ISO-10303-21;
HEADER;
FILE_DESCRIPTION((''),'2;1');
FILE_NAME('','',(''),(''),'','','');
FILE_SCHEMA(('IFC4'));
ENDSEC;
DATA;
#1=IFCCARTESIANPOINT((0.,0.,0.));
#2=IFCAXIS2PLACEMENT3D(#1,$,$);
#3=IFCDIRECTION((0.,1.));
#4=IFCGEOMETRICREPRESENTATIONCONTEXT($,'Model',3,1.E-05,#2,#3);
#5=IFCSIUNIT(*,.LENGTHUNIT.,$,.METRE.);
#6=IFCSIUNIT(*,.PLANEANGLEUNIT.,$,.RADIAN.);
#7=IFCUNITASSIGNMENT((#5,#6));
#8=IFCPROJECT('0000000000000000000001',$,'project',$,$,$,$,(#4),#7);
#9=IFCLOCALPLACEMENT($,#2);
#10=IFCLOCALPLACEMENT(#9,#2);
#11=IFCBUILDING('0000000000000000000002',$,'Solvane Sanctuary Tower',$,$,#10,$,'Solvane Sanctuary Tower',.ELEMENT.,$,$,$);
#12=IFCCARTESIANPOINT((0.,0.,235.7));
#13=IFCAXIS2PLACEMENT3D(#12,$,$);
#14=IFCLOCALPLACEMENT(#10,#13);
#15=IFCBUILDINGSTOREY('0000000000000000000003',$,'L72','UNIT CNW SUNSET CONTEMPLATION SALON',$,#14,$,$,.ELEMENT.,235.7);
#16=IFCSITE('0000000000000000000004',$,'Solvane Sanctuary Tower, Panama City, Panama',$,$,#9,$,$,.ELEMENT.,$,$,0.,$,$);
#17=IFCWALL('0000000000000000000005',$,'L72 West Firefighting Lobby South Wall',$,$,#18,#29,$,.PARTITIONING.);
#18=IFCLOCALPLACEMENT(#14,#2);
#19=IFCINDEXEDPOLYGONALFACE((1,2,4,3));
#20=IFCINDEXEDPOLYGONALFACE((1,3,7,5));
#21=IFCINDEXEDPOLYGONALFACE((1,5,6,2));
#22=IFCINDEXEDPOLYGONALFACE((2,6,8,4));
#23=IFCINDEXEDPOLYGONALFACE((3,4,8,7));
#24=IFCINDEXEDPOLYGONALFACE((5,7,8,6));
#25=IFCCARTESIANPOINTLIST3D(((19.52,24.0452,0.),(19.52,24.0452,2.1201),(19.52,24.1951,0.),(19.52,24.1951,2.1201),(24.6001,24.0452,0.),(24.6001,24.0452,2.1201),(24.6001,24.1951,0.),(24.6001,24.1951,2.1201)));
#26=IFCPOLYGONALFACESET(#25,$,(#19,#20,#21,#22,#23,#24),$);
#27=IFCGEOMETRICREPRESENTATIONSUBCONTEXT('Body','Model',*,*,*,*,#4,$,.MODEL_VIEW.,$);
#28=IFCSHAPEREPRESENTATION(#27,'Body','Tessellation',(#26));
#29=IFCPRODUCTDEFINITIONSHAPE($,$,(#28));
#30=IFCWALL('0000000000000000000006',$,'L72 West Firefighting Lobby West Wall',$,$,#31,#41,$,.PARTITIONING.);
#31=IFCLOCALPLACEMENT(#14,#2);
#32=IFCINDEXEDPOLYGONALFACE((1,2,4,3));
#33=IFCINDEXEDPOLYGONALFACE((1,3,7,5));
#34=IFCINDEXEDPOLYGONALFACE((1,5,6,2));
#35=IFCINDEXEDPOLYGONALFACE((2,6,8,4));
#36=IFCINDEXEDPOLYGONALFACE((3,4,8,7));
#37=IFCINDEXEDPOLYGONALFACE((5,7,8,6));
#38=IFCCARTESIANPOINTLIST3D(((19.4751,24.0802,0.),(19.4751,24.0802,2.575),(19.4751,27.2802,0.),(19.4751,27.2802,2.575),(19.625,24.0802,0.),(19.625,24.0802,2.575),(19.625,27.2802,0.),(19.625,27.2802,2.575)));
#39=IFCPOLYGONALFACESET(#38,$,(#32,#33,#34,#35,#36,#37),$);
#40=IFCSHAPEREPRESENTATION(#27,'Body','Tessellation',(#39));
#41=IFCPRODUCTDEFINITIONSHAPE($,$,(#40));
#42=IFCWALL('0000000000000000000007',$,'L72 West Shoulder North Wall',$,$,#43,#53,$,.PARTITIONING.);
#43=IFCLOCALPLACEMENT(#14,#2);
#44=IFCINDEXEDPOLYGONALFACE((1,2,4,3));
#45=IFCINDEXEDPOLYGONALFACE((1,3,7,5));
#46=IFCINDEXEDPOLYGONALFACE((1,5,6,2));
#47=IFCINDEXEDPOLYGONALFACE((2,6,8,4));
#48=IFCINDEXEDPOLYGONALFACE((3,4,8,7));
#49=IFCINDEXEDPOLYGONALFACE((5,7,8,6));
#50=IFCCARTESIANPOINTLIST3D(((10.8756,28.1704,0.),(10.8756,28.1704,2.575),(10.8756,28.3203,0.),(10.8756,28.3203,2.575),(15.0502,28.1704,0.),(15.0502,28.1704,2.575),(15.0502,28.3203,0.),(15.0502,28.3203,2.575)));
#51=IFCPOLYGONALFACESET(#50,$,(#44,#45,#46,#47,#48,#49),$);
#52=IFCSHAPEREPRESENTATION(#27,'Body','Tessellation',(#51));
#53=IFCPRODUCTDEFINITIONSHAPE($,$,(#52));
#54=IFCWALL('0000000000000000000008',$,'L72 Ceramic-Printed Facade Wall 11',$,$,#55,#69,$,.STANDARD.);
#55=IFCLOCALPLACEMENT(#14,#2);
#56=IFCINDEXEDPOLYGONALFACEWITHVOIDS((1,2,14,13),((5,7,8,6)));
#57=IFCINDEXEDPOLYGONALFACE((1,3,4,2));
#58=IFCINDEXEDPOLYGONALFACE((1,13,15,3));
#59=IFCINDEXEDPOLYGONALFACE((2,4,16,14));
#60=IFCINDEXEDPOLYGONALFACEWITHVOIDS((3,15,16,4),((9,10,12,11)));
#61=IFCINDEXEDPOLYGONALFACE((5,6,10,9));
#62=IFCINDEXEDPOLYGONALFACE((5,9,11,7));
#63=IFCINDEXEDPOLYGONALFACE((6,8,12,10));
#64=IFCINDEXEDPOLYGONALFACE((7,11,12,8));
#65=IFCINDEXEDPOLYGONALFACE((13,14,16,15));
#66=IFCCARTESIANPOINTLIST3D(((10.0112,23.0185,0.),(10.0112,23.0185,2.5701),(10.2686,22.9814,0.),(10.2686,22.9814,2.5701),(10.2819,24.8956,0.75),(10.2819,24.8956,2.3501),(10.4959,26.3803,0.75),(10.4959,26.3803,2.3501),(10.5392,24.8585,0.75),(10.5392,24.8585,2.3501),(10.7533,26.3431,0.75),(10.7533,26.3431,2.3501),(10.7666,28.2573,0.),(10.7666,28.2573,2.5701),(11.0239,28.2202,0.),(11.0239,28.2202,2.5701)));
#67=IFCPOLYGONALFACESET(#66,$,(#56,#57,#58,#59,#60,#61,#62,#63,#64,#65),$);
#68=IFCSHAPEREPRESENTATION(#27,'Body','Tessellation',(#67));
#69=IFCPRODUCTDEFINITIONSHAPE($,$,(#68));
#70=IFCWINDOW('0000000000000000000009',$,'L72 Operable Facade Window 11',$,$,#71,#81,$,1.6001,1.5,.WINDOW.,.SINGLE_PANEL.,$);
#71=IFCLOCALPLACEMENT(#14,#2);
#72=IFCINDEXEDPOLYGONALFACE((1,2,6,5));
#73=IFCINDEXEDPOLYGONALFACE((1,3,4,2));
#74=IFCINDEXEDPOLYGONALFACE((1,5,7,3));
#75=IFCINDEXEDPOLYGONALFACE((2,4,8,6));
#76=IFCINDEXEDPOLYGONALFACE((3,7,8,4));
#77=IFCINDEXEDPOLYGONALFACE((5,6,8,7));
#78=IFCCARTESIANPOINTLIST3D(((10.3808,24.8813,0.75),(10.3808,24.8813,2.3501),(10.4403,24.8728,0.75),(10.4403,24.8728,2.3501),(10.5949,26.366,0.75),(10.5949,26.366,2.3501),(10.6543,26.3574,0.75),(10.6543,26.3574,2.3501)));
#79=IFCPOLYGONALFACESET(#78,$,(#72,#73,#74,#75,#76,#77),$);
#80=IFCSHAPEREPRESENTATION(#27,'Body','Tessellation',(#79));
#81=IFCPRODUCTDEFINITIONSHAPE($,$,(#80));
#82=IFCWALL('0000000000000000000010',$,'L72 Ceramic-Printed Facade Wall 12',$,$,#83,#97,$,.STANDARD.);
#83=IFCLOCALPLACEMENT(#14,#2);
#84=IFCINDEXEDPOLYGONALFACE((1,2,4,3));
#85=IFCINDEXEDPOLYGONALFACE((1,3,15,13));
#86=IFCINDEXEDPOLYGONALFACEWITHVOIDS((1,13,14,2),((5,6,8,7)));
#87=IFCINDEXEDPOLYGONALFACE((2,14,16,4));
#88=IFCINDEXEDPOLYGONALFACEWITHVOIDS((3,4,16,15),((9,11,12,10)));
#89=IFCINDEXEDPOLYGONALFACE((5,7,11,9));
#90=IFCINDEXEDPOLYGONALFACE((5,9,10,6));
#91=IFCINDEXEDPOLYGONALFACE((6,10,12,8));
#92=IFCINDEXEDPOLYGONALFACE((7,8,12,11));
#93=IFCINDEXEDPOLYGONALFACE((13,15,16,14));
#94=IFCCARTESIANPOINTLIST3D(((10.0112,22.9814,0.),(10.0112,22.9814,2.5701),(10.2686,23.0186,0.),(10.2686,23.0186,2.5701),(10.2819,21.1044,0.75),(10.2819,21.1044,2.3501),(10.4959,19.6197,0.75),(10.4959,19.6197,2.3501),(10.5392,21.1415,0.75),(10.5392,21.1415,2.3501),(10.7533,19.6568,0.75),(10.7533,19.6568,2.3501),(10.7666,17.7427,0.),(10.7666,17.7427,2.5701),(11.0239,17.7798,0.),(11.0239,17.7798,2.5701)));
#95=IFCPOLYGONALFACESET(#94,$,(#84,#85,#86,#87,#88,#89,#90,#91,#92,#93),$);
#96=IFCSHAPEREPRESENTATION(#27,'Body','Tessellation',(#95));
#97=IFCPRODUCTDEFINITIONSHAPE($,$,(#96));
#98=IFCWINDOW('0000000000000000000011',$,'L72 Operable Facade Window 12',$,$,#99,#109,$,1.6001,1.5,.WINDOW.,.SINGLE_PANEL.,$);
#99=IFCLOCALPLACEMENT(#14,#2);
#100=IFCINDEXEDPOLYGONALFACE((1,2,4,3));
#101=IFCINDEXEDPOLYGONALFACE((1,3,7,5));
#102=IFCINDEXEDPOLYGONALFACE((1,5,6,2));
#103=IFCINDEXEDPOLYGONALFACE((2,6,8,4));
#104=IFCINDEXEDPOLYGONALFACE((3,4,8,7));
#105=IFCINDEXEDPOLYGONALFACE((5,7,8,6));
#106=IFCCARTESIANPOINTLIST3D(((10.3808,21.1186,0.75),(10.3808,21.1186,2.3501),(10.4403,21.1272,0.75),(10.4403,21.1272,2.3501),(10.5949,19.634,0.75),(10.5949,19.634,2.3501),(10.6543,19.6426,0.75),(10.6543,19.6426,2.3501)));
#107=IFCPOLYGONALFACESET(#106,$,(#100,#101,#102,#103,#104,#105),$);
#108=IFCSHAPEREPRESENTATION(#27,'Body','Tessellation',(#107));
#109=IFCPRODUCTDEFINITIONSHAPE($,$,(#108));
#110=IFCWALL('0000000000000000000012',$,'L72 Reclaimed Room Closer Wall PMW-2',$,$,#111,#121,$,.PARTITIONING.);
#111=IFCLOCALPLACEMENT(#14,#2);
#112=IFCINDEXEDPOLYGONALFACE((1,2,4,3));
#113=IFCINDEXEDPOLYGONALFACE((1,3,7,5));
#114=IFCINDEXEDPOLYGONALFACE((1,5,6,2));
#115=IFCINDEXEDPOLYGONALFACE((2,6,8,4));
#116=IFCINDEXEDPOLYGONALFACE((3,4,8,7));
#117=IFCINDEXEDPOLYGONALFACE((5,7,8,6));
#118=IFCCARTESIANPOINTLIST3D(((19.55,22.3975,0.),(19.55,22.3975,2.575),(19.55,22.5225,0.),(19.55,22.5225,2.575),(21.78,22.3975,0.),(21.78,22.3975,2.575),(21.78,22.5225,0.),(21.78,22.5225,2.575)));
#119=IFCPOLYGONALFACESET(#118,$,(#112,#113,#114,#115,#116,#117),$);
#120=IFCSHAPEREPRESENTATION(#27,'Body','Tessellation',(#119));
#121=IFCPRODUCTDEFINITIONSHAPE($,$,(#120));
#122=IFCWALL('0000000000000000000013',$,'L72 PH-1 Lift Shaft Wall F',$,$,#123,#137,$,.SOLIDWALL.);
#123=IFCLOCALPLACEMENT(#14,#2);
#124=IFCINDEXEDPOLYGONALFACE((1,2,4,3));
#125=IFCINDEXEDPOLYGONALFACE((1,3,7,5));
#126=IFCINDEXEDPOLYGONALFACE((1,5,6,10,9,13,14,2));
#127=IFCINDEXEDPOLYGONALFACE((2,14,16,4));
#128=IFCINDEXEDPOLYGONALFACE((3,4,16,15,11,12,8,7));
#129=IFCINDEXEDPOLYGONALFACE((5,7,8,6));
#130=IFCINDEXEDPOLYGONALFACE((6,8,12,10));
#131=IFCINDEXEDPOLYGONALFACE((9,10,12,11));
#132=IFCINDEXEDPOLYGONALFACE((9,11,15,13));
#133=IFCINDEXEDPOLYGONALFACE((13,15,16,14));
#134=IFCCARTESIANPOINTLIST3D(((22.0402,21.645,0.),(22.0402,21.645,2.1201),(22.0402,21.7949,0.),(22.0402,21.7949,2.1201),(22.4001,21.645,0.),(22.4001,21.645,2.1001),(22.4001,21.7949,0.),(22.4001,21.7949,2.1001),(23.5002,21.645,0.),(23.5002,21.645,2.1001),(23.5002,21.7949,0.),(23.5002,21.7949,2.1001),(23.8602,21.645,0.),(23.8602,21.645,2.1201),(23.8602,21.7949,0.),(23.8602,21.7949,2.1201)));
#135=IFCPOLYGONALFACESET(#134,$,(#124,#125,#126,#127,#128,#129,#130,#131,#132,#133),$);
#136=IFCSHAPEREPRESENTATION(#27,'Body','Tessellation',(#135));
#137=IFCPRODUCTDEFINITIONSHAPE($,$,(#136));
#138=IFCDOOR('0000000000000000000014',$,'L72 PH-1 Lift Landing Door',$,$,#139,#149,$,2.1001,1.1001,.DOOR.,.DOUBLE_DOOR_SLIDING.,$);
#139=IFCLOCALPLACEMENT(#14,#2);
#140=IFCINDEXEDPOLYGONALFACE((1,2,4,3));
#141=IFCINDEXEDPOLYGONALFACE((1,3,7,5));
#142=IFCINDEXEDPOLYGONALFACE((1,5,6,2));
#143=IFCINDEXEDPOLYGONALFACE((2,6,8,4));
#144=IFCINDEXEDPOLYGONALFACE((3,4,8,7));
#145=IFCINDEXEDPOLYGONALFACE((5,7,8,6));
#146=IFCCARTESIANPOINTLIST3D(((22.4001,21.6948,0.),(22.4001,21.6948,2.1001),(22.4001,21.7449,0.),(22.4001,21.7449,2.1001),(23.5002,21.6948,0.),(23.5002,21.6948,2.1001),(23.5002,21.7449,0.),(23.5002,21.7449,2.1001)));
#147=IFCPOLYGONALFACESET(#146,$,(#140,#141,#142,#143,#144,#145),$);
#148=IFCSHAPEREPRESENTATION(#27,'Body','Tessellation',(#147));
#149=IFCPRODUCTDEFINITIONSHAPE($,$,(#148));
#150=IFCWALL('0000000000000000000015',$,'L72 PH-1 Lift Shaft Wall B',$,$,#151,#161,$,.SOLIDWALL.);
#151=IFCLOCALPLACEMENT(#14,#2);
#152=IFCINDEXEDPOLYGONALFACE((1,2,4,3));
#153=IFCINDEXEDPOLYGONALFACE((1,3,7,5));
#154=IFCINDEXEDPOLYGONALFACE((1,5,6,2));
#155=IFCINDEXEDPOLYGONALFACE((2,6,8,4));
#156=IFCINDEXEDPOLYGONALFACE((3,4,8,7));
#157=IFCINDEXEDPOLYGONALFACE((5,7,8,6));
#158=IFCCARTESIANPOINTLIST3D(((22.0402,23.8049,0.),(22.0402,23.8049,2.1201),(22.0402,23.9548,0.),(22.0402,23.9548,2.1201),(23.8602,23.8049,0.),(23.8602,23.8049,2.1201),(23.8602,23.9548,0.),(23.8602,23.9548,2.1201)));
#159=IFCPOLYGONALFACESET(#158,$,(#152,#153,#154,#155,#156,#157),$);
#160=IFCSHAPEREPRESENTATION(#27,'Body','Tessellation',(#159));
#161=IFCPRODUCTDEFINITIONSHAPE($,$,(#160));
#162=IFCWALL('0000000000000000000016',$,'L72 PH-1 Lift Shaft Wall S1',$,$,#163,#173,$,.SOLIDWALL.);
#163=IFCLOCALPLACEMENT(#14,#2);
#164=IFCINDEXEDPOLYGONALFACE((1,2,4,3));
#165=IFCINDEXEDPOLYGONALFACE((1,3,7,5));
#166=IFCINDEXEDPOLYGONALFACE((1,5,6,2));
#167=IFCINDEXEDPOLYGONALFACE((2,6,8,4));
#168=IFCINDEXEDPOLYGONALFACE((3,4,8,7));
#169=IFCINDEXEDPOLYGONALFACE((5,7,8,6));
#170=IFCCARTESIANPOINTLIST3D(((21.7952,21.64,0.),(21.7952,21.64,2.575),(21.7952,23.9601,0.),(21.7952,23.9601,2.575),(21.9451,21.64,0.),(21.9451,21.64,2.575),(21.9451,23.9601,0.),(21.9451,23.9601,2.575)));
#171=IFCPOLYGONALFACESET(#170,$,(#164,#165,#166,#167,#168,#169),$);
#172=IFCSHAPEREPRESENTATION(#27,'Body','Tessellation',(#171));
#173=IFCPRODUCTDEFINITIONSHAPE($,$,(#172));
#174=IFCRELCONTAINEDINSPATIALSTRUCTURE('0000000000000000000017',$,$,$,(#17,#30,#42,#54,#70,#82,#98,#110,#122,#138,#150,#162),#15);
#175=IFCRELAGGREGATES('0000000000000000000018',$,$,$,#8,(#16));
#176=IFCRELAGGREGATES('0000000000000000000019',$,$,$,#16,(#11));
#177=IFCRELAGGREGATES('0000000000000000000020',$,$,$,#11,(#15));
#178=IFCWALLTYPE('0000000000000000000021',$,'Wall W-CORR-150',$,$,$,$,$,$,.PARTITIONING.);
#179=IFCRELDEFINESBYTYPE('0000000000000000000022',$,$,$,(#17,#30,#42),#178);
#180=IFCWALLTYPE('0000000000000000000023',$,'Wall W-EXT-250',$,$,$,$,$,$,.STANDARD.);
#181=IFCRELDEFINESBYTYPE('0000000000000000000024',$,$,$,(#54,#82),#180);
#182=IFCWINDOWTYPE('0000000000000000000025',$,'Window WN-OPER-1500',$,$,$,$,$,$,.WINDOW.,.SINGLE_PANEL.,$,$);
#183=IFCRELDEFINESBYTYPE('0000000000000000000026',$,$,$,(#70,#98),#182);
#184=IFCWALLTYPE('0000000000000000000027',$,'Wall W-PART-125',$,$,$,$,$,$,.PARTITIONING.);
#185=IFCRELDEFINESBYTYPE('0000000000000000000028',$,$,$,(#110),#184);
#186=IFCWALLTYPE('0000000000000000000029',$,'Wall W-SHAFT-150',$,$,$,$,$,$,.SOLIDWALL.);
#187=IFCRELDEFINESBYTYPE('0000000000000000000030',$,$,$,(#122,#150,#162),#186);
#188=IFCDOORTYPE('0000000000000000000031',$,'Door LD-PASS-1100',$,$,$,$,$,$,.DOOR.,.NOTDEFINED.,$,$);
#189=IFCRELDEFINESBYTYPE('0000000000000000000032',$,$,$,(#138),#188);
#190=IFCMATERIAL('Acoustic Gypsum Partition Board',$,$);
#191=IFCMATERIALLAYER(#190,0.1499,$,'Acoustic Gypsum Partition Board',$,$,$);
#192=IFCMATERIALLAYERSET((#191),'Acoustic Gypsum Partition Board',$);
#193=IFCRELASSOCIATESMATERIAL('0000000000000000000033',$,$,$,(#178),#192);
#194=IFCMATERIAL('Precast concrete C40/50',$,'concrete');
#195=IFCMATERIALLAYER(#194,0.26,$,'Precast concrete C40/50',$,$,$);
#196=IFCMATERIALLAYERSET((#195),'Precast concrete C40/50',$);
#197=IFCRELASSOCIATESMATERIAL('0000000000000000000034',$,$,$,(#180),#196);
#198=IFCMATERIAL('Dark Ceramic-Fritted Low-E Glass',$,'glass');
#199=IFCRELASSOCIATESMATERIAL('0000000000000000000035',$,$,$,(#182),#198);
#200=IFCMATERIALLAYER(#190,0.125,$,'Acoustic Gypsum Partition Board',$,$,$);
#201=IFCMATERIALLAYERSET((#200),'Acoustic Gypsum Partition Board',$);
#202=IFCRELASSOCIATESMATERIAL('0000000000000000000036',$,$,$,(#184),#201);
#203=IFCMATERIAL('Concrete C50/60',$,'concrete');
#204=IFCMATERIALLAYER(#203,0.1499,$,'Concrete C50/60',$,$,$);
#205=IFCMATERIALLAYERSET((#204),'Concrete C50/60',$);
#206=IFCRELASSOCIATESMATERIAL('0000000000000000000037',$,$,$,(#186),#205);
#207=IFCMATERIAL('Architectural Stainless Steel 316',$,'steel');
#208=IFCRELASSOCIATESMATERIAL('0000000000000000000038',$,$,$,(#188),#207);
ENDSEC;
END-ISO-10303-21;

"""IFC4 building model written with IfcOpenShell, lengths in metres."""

from ifc_helpers import new_model, si_unit, direction, frame, frame_2d, origin, place, context, subcontext, project, spatial, rectangle, extrude, material, layer, layer_set, type_object, element, fill, save


model = new_model("IFC4")

# Units and contexts
model_context = context("Model", 3, precision=1e-05, world=origin(), true_north=direction((0.0, 1.0)))
body_context = subcontext(model_context, "Body", "Model", "MODEL_VIEW")
ifc_project = project(units=[si_unit("LENGTHUNIT", "METRE"), si_unit("PLANEANGLEUNIT", "RADIAN")], contexts=[model_context])

# Site, building, storey
site_placement = place(None, origin())
site = spatial("IfcSite", under=ifc_project, at=site_placement, Name="Solvane Sanctuary Tower, Panama City, Panama", CompositionType="ELEMENT", RefElevation=0.0)
building_placement = place(site_placement, origin())
building = spatial("IfcBuilding", under=site, at=building_placement, Name="Solvane Sanctuary Tower", LongName="Solvane Sanctuary Tower", CompositionType="ELEMENT")
storey_placement = place(building_placement, frame((0.0, 0.0, 235.7)))
storey = spatial("IfcBuildingStorey", under=building, at=storey_placement, Name="L72", Description="UNIT CNW SUNSET CONTEMPLATION SALON", CompositionType="ELEMENT", Elevation=235.7)

# Walls
ifc_material_1 = material(Name="Acoustic Gypsum Partition Board")
ifc_layer_1 = layer(ifc_material_1, 0.1499, Name="Acoustic Gypsum Partition Board")
ifc_layer_set_1 = layer_set([ifc_layer_1], Name="Acoustic Gypsum Partition Board")
wall_type_1 = type_object("IfcWallType", Name="Wall W-CORR-150", PredefinedType="PARTITIONING", material=ifc_layer_set_1)
wall_1_placement = place(storey_placement, frame((19.52, 24.1201, 0.0), z_axis=(0.0, 0.0, 1.0), x_axis=(1.0, 0.0, 0.0)))
element("IfcWall", 1, at=wall_1_placement, inside=storey, type_object=wall_type_1, Name="L72 West Firefighting Lobby South Wall", PredefinedType="PARTITIONING", context=body_context, shape_type="SweptSolid", body=[
    extrude(rectangle(XDim=5.0801, YDim=0.1499, at=frame_2d((2.54, 0.0))), origin(), (0.0, 0.0, 1.0), 2.1201),
])
wall_2_placement = place(storey_placement, frame((19.55, 24.0801, 0.0), z_axis=(0.0, 0.0, 1.0), x_axis=(0.0, 1.0, 0.0)))
element("IfcWall", 2, at=wall_2_placement, inside=storey, type_object=wall_type_1, Name="L72 West Firefighting Lobby West Wall", PredefinedType="PARTITIONING", context=body_context, shape_type="SweptSolid", body=[
    extrude(rectangle(XDim=3.2, YDim=0.1499, at=frame_2d((1.6001, 0.0))), origin(), (0.0, 0.0, 1.0), 2.575),
])
wall_3_placement = place(storey_placement, frame((10.8755, 28.2454, 0.0), z_axis=(0.0, 0.0, 1.0), x_axis=(1.0, 0.0, 0.0)))
element("IfcWall", 3, at=wall_3_placement, inside=storey, type_object=wall_type_1, Name="L72 West Shoulder North Wall", PredefinedType="PARTITIONING", context=body_context, shape_type="SweptSolid", body=[
    extrude(rectangle(XDim=4.1746, YDim=0.1499, at=frame_2d((2.0874, 0.0))), origin(), (0.0, 0.0, 1.0), 2.575),
])

# Walls, openings, windows
ifc_material_2 = material(Name="Precast concrete C40/50", Category="concrete")
ifc_layer_2 = layer(ifc_material_2, 0.26, Name="Precast concrete C40/50")
ifc_layer_set_2 = layer_set([ifc_layer_2], Name="Precast concrete C40/50")
wall_type_2 = type_object("IfcWallType", Name="Wall W-EXT-250", PredefinedType="STANDARD", material=ifc_layer_set_2)
wall_4_placement = place(storey_placement, frame((10.8953, 28.2388, 0.0), z_axis=(0.0, 0.0, 1.0), x_axis=(-0.142713, -0.989764, 0.0)))
wall_4 = element("IfcWall", 4, at=wall_4_placement, inside=storey, type_object=wall_type_2, Name="L72 Ceramic-Printed Facade Wall 11", PredefinedType="STANDARD", context=body_context, shape_type="SweptSolid", body=[
    extrude(rectangle(XDim=5.293, YDim=0.26, at=frame_2d((2.6465, 0.0))), origin(), (0.0, 0.0, 1.0), 2.5701),
])
opening_1_placement = place(wall_4_placement, frame((1.8965, 0.0, 0.75)))
opening_1 = element("IfcOpeningElement", 5, at=opening_1_placement, cuts=wall_4, PredefinedType="OPENING", context=body_context, shape_type="SweptSolid", body=[
    extrude(rectangle(XDim=1.5, YDim=1.6001, at=frame_2d((0.75, 0.8))), frame((0.0, 0.1399, 0.0), z_axis=(0.0, -1.0, 0.0), x_axis=(1.0, 0.0, 0.0)), (0.0, 0.0, 1.0), 0.28),
])
ifc_material_3 = material(Name="Dark Ceramic-Fritted Low-E Glass", Category="glass")
window_type = type_object("IfcWindowType", Name="Window WN-OPER-1500", PartitioningType="SINGLE_PANEL", PredefinedType="WINDOW", material=ifc_material_3)
window_1_placement = place(opening_1_placement, origin())
window_1 = element("IfcWindow", 6, at=window_1_placement, inside=storey, type_object=window_type, Name="L72 Operable Facade Window 11", OverallHeight=1.6001, OverallWidth=1.5, PartitioningType="SINGLE_PANEL", PredefinedType="WINDOW", context=body_context, shape_type="SweptSolid", body=[
    extrude(rectangle(XDim=1.5, YDim=1.6001, at=frame_2d((0.75, 0.8))), frame((0.0, 0.03, 0.0), z_axis=(0.0, -1.0, 0.0), x_axis=(1.0, 0.0, 0.0)), (0.0, 0.0, 1.0), 0.0601),
])
fill(opening_1, window_1)
wall_5_placement = place(storey_placement, frame((10.1399, 23.0, 0.0), z_axis=(0.0, 0.0, 1.0), x_axis=(0.142713, -0.989764, 0.0)))
wall_5 = element("IfcWall", 7, at=wall_5_placement, inside=storey, type_object=wall_type_2, Name="L72 Ceramic-Printed Facade Wall 12", PredefinedType="STANDARD", context=body_context, shape_type="SweptSolid", body=[
    extrude(rectangle(XDim=5.293, YDim=0.26, at=frame_2d((2.6465, 0.0))), origin(), (0.0, 0.0, 1.0), 2.5701),
])
opening_2_placement = place(wall_5_placement, frame((1.8965, 0.0, 0.75)))
opening_2 = element("IfcOpeningElement", 8, at=opening_2_placement, cuts=wall_5, PredefinedType="OPENING", context=body_context, shape_type="SweptSolid", body=[
    extrude(rectangle(XDim=1.5, YDim=1.6001, at=frame_2d((0.75, 0.8))), frame((0.0, 0.1399, 0.0), z_axis=(0.0, -1.0, 0.0), x_axis=(1.0, 0.0, 0.0)), (0.0, 0.0, 1.0), 0.28),
])
window_2_placement = place(opening_2_placement, origin())
window_2 = element("IfcWindow", 9, at=window_2_placement, inside=storey, type_object=window_type, Name="L72 Operable Facade Window 12", OverallHeight=1.6001, OverallWidth=1.5, PartitioningType="SINGLE_PANEL", PredefinedType="WINDOW", context=body_context, shape_type="SweptSolid", body=[
    extrude(rectangle(XDim=1.5, YDim=1.6001, at=frame_2d((0.75, 0.8))), frame((0.0, 0.03, 0.0), z_axis=(0.0, -1.0, 0.0), x_axis=(1.0, 0.0, 0.0)), (0.0, 0.0, 1.0), 0.0601),
])
fill(opening_2, window_2)

# Wall
ifc_layer_3 = layer(ifc_material_1, 0.125, Name="Acoustic Gypsum Partition Board")
ifc_layer_set_3 = layer_set([ifc_layer_3], Name="Acoustic Gypsum Partition Board")
wall_type_3 = type_object("IfcWallType", Name="Wall W-PART-125", PredefinedType="PARTITIONING", material=ifc_layer_set_3)
wall_6_placement = place(storey_placement, frame((19.55, 22.46, 0.0), z_axis=(0.0, 0.0, 1.0), x_axis=(1.0, 0.0, 0.0)))
element("IfcWall", 10, at=wall_6_placement, inside=storey, type_object=wall_type_3, Name="L72 Reclaimed Room Closer Wall PMW-2", PredefinedType="PARTITIONING", context=body_context, shape_type="SweptSolid", body=[
    extrude(rectangle(XDim=2.23, YDim=0.125, at=frame_2d((1.115, 0.0))), origin(), (0.0, 0.0, 1.0), 2.575),
])

# Wall, opening, door
ifc_material_4 = material(Name="Concrete C50/60", Category="concrete")
ifc_layer_4 = layer(ifc_material_4, 0.1499, Name="Concrete C50/60")
ifc_layer_set_4 = layer_set([ifc_layer_4], Name="Concrete C50/60")
wall_type_4 = type_object("IfcWallType", Name="Wall W-SHAFT-150", PredefinedType="SOLIDWALL", material=ifc_layer_set_4)
wall_7_placement = place(storey_placement, frame((22.04, 21.72, 0.0), z_axis=(0.0, 0.0, 1.0), x_axis=(1.0, 0.0, 0.0)))
wall_7 = element("IfcWall", 11, at=wall_7_placement, inside=storey, type_object=wall_type_4, Name="L72 PH-1 Lift Shaft Wall F", PredefinedType="SOLIDWALL", context=body_context, shape_type="SweptSolid", body=[
    extrude(rectangle(XDim=1.8201, YDim=0.1499, at=frame_2d((0.9102, 0.0))), origin(), (0.0, 0.0, 1.0), 2.1201),
])
opening_3_placement = place(wall_7_placement, frame((0.3601, 0.0, 0.0)))
opening_3 = element("IfcOpeningElement", 12, at=opening_3_placement, cuts=wall_7, PredefinedType="OPENING", context=body_context, shape_type="SweptSolid", body=[
    extrude(rectangle(XDim=1.1001, YDim=2.1001, at=frame_2d((0.55, 1.05))), frame((0.0, 0.085, 0.0), z_axis=(0.0, -1.0, 0.0), x_axis=(1.0, 0.0, 0.0)), (0.0, 0.0, 1.0), 0.1699),
])
ifc_material_5 = material(Name="Architectural Stainless Steel 316", Category="steel")
door_type_1 = type_object("IfcDoorType", Name="Door LD-PASS-1100", OperationType="NOTDEFINED", PredefinedType="DOOR", material=ifc_material_5)
door_1_placement = place(opening_3_placement, origin())
door_1 = element("IfcDoor", 13, at=door_1_placement, inside=storey, type_object=door_type_1, Name="L72 PH-1 Lift Landing Door", OperationType="DOUBLE_DOOR_SLIDING", OverallHeight=2.1001, OverallWidth=1.1001, PredefinedType="DOOR", context=body_context, shape_type="SweptSolid", body=[
    extrude(rectangle(XDim=1.1001, YDim=2.1001, at=frame_2d((0.55, 1.05))), frame((0.0, 0.0249, 0.0), z_axis=(0.0, -1.0, 0.0), x_axis=(1.0, 0.0, 0.0)), (0.0, 0.0, 1.0), 0.05),
])
fill(opening_3, door_1)

# Walls
wall_8_placement = place(storey_placement, frame((22.04, 23.8799, 0.0), z_axis=(0.0, 0.0, 1.0), x_axis=(1.0, 0.0, 0.0)))
element("IfcWall", 14, at=wall_8_placement, inside=storey, type_object=wall_type_4, Name="L72 PH-1 Lift Shaft Wall B", PredefinedType="SOLIDWALL", context=body_context, shape_type="SweptSolid", body=[
    extrude(rectangle(XDim=1.8201, YDim=0.1499, at=frame_2d((0.9102, 0.0))), origin(), (0.0, 0.0, 1.0), 2.1201),
])
wall_9_placement = place(storey_placement, frame((21.8701, 21.6399, 0.0), z_axis=(0.0, 0.0, 1.0), x_axis=(0.0, 1.0, 0.0)))
element("IfcWall", 15, at=wall_9_placement, inside=storey, type_object=wall_type_4, Name="L72 PH-1 Lift Shaft Wall S1", PredefinedType="SOLIDWALL", context=body_context, shape_type="SweptSolid", body=[
    extrude(rectangle(XDim=2.3201, YDim=0.1499, at=frame_2d((1.1602, 0.0))), origin(), (0.0, 0.0, 1.0), 2.575),
])

save(model, "model.ifc")
